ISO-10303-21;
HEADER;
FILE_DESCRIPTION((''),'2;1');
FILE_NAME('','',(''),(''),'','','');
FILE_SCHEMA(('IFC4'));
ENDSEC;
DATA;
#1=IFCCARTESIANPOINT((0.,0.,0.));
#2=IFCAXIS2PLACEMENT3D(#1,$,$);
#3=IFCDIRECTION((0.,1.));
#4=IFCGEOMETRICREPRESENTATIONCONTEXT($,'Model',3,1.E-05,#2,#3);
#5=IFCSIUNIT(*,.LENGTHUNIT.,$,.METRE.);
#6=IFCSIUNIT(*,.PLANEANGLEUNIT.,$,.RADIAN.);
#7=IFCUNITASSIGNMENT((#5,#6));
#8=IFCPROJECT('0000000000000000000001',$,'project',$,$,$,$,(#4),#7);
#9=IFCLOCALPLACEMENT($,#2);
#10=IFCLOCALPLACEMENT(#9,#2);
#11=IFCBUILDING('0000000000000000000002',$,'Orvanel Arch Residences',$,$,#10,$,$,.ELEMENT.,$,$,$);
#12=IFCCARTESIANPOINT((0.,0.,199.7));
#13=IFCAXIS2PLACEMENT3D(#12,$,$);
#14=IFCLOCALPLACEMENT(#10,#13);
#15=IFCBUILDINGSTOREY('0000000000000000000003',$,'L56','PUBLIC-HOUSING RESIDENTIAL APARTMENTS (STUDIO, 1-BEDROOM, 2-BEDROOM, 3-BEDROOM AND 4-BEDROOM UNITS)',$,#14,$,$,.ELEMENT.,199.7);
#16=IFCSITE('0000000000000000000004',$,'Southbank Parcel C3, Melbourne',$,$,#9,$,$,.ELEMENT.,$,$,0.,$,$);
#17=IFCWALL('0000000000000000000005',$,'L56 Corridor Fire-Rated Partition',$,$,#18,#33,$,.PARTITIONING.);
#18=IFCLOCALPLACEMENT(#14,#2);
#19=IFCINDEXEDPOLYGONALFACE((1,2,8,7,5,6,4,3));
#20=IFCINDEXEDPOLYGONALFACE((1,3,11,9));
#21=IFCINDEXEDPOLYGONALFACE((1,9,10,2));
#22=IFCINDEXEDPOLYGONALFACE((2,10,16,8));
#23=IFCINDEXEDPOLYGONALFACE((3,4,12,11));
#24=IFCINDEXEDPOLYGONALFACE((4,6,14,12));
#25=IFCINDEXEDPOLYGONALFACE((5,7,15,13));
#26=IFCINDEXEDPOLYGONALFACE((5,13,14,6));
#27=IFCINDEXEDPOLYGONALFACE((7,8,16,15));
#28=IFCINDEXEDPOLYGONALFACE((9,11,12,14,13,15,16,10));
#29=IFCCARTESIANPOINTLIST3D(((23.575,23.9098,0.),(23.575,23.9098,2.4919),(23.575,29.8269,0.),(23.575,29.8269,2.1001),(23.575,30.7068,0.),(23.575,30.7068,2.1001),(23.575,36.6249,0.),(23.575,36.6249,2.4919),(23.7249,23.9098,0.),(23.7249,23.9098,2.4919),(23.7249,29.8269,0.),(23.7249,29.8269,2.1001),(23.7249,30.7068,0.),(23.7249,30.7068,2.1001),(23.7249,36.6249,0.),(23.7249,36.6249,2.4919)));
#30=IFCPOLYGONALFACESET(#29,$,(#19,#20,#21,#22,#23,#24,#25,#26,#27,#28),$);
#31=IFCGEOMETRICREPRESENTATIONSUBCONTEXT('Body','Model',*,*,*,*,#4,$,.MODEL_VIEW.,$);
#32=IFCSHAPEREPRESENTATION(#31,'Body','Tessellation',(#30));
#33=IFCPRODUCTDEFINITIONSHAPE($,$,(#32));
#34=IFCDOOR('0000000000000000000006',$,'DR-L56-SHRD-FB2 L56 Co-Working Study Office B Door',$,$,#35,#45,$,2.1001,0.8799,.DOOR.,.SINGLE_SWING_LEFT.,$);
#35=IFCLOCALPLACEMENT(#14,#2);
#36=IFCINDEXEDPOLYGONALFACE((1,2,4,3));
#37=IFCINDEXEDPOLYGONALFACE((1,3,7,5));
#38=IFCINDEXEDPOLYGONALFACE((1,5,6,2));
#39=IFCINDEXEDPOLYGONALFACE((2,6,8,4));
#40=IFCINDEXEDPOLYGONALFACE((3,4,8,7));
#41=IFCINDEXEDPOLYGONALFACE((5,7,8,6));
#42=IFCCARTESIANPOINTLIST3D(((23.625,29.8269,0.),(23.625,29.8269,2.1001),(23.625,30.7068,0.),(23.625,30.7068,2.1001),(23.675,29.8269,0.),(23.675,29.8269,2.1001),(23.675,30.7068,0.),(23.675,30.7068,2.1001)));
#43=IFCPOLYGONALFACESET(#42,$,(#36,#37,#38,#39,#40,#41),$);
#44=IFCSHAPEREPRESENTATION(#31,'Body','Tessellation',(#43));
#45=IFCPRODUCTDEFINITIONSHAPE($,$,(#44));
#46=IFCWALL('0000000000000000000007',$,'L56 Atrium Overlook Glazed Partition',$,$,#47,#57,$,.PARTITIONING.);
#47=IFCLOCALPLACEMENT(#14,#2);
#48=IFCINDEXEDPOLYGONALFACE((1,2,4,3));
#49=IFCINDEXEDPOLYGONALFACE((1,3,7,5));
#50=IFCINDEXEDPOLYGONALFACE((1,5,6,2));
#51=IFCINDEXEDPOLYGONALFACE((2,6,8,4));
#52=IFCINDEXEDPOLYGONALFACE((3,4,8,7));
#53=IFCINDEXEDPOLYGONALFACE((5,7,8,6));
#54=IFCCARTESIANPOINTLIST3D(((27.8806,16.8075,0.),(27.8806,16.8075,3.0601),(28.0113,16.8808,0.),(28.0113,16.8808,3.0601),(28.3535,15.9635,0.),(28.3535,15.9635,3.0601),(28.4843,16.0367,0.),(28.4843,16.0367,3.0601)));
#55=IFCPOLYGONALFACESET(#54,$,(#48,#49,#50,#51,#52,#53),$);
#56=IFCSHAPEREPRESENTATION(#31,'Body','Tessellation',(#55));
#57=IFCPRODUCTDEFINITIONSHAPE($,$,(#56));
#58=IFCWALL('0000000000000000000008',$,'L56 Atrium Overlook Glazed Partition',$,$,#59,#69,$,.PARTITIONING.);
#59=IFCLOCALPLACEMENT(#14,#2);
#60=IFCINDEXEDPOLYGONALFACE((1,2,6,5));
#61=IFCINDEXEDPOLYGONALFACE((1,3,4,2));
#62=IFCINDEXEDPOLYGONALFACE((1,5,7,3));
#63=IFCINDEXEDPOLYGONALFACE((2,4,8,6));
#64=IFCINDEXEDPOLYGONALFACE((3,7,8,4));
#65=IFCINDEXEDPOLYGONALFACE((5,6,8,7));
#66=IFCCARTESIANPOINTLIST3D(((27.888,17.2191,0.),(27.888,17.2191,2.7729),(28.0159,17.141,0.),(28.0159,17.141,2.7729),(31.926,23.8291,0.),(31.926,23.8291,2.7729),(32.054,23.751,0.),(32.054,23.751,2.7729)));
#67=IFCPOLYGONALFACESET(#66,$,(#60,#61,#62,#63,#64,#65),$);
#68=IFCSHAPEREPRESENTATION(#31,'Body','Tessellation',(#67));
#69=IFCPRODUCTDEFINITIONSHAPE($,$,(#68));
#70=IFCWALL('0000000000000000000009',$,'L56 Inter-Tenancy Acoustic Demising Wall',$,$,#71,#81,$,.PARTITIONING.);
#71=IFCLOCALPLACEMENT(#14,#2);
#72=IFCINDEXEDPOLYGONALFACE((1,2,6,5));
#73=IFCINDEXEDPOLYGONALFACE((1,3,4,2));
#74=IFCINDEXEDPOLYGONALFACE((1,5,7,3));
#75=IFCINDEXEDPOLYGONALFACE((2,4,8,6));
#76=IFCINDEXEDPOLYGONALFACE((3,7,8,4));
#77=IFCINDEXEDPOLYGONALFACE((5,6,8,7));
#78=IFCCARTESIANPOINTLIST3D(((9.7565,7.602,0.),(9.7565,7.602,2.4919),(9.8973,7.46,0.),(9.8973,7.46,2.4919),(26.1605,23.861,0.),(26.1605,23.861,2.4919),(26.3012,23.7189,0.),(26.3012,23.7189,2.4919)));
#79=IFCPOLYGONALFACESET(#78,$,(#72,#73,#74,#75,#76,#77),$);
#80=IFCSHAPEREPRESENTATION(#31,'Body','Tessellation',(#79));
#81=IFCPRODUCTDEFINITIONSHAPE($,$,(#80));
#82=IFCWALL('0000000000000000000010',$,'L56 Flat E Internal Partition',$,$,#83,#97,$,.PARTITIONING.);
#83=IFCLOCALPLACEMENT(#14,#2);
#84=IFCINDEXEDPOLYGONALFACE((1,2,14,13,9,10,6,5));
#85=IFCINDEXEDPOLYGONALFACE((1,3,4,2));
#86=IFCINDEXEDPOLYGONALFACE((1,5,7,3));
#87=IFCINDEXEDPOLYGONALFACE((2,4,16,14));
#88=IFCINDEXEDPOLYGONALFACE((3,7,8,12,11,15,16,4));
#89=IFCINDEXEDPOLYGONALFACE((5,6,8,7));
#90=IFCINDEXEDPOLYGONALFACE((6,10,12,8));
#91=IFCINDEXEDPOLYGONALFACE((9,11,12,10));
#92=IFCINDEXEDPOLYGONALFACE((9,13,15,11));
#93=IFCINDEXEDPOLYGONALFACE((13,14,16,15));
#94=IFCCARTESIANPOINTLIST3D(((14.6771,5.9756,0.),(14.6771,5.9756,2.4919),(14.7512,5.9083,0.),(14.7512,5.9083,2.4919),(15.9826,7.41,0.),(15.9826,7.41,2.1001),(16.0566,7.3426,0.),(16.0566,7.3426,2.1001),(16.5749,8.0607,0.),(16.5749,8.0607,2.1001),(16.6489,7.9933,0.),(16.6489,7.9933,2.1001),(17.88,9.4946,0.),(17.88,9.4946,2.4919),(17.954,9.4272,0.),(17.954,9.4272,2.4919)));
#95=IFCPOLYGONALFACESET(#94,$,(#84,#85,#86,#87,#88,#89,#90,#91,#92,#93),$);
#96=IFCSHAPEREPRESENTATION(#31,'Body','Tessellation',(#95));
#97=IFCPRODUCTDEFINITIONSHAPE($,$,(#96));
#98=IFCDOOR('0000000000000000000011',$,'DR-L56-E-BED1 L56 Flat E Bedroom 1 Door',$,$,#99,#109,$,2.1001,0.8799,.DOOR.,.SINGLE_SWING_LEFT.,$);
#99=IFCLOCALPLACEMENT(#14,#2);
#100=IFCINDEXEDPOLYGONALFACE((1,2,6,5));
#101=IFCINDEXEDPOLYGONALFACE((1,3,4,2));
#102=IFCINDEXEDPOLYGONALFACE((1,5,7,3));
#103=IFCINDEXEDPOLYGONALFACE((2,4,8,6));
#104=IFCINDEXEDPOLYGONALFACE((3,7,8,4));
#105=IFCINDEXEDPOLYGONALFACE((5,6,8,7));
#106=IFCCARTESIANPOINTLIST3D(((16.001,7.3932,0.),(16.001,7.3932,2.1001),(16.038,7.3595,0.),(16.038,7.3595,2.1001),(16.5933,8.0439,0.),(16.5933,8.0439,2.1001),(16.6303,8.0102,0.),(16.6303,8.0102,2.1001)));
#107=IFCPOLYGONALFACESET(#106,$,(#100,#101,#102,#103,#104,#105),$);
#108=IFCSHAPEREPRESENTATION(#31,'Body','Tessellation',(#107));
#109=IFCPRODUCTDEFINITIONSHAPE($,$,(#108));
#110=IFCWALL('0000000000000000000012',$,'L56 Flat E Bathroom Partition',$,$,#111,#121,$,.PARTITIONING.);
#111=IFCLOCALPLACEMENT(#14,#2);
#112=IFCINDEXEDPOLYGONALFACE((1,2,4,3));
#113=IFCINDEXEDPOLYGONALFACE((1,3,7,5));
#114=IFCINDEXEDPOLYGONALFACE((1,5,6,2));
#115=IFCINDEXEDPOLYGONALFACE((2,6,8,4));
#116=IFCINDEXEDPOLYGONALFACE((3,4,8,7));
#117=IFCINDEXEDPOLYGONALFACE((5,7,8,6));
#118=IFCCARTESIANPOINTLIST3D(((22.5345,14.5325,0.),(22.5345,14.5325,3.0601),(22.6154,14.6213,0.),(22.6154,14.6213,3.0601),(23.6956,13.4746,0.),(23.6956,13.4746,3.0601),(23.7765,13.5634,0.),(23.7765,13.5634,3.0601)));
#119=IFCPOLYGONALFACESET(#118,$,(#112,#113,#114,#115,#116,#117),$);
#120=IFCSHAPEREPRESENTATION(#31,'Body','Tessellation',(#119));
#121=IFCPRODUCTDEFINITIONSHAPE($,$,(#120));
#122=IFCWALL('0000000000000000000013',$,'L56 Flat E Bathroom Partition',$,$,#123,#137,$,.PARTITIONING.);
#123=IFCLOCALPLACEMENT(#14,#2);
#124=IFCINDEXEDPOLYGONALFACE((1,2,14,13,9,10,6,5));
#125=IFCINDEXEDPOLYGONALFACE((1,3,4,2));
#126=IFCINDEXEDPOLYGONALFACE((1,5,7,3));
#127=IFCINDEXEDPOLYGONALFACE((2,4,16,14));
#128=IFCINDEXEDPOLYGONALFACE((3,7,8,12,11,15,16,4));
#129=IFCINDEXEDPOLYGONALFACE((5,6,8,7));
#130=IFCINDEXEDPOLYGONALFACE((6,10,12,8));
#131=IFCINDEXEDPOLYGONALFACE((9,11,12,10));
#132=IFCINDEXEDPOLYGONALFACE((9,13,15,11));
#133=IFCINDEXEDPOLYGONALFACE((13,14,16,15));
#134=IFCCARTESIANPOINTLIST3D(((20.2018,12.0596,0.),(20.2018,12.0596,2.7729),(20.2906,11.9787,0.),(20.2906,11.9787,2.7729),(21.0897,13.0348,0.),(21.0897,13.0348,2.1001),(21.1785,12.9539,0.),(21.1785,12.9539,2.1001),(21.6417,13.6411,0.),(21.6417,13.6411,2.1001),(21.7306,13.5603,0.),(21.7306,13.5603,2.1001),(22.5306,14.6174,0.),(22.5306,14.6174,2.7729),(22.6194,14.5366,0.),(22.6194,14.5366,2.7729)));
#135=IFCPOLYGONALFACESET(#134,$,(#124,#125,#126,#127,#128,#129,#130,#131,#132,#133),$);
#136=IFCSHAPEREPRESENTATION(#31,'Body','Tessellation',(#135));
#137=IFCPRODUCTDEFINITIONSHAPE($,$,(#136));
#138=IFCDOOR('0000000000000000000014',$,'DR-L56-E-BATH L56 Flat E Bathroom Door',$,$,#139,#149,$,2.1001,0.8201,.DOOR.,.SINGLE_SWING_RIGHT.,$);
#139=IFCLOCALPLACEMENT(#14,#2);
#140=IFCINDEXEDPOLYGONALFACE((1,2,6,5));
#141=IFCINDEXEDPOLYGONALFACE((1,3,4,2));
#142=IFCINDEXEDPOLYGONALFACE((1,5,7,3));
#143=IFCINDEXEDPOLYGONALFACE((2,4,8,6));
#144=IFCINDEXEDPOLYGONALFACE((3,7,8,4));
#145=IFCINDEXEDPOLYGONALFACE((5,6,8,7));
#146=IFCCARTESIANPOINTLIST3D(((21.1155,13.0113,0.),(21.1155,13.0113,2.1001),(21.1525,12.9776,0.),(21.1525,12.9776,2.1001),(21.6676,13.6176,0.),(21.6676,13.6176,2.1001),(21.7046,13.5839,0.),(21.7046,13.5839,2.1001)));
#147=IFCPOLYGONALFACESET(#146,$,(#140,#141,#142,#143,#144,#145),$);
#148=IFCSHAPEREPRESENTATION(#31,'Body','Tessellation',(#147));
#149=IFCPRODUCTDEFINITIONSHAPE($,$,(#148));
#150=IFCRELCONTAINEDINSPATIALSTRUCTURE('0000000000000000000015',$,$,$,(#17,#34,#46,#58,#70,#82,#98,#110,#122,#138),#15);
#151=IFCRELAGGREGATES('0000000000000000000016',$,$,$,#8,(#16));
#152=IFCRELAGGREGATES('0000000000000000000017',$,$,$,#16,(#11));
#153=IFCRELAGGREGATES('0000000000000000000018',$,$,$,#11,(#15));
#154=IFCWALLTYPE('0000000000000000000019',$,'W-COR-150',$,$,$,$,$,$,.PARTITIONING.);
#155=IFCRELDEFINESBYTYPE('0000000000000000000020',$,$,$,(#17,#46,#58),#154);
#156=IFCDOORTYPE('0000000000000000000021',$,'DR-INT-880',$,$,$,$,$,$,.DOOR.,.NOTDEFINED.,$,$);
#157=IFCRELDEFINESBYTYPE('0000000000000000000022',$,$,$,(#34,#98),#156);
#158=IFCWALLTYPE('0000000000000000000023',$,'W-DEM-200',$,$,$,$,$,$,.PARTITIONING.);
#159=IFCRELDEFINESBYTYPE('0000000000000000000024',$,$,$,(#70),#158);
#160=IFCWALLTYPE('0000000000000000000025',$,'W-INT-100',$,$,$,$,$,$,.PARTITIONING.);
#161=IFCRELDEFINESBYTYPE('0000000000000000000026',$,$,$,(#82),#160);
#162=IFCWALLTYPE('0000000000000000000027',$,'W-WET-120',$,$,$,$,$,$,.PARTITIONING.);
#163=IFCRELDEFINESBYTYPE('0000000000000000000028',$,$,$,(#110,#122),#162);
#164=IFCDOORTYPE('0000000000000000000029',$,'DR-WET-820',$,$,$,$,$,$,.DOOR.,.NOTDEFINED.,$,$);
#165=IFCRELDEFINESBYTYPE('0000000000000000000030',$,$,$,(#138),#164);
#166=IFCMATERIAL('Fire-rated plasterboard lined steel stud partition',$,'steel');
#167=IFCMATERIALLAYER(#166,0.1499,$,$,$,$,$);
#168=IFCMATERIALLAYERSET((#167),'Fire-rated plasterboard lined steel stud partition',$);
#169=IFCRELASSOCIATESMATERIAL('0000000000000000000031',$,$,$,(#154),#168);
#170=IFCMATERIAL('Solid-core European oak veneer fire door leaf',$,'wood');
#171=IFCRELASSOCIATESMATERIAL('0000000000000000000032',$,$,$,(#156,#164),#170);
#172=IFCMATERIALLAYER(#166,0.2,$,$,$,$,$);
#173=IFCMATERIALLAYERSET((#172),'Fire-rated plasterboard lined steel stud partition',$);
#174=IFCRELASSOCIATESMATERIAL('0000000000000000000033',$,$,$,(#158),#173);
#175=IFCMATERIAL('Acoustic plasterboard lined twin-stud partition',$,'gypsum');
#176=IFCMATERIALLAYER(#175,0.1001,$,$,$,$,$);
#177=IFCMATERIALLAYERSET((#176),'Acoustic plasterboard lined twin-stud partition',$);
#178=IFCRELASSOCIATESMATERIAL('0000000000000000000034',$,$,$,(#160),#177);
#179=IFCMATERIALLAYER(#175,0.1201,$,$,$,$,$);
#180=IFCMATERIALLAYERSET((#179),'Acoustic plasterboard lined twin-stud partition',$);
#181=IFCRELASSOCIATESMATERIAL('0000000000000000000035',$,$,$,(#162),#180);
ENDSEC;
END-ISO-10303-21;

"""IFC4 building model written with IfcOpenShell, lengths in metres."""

from ifc_helpers import new_model, si_unit, direction, frame, frame_2d, origin, place, context, subcontext, project, spatial, rectangle, extrude, material, layer, layer_set, type_object, element, fill, save


model = new_model("IFC4")

# Units and contexts
model_context = context("Model", 3, precision=1e-05, world=origin(), true_north=direction((0.0, 1.0)))
body_context = subcontext(model_context, "Body", "Model", "MODEL_VIEW")
ifc_project = project(units=[si_unit("LENGTHUNIT", "METRE"), si_unit("PLANEANGLEUNIT", "RADIAN")], contexts=[model_context])

# Site, building, storey
site_placement = place(None, origin())
site = spatial("IfcSite", under=ifc_project, at=site_placement, Name="Southbank Parcel C3, Melbourne", CompositionType="ELEMENT", RefElevation=0.0)
building_placement = place(site_placement, origin())
building = spatial("IfcBuilding", under=site, at=building_placement, Name="Orvanel Arch Residences", CompositionType="ELEMENT")
storey_placement = place(building_placement, frame((0.0, 0.0, 199.7)))
storey = spatial("IfcBuildingStorey", under=building, at=storey_placement, Name="L56", Description="PUBLIC-HOUSING RESIDENTIAL APARTMENTS (STUDIO, 1-BEDROOM, 2-BEDROOM, 3-BEDROOM AND 4-BEDROOM UNITS)", CompositionType="ELEMENT", Elevation=199.7)

# Shared definitions
ifc_material_1 = material(Name="Fire-rated plasterboard lined steel stud partition", Category="steel")
ifc_layer_1 = layer(ifc_material_1, 0.1499)
ifc_layer_set_1 = layer_set([ifc_layer_1], Name="Fire-rated plasterboard lined steel stud partition")
wall_type_1 = type_object("IfcWallType", Name="W-COR-150", PredefinedType="PARTITIONING", material=ifc_layer_set_1)
ifc_material_2 = material(Name="Solid-core European oak veneer fire door leaf", Category="wood")

# Wall, opening, door
wall_1_placement = place(storey_placement, frame((23.6499, 23.9099, 0.0), z_axis=(0.0, 0.0, 1.0), x_axis=(0.0, 1.0, 0.0)))
wall_1 = element("IfcWall", 1, at=wall_1_placement, inside=storey, type_object=wall_type_1, Name="L56 Corridor Fire-Rated Partition", PredefinedType="PARTITIONING", context=body_context, shape_type="SweptSolid", body=[
    extrude(rectangle(XDim=12.7151, YDim=0.1499, at=frame_2d((6.3574, 0.0))), origin(), (0.0, 0.0, 1.0), 2.4919),
])
opening_1_placement = place(wall_1_placement, frame((5.917, 0.0, 0.0)))
opening_1 = element("IfcOpeningElement", 2, at=opening_1_placement, cuts=wall_1, PredefinedType="OPENING", context=body_context, shape_type="SweptSolid", body=[
    extrude(rectangle(XDim=0.8799, YDim=2.1001, at=frame_2d((0.4399, 1.05))), frame((0.0, 0.085, 0.0), z_axis=(0.0, -1.0, 0.0), x_axis=(1.0, 0.0, 0.0)), (0.0, 0.0, 1.0), 0.1699),
])
door_type_1 = type_object("IfcDoorType", Name="DR-INT-880", OperationType="NOTDEFINED", PredefinedType="DOOR", material=ifc_material_2)
door_1_placement = place(opening_1_placement, origin())
door_1 = element("IfcDoor", 3, at=door_1_placement, inside=storey, type_object=door_type_1, Name="DR-L56-SHRD-FB2 L56 Co-Working Study Office B Door", OperationType="SINGLE_SWING_LEFT", OverallHeight=2.1001, OverallWidth=0.8799, PredefinedType="DOOR", context=body_context, shape_type="SweptSolid", body=[
    extrude(rectangle(XDim=0.8799, YDim=2.1001, at=frame_2d((0.4399, 1.05))), frame((0.0, 0.0249, 0.0), z_axis=(0.0, -1.0, 0.0), x_axis=(1.0, 0.0, 0.0)), (0.0, 0.0, 1.0), 0.05),
])
fill(opening_1, door_1)

# Walls
wall_2_placement = place(storey_placement, frame((28.4189, 16.0, 0.0), z_axis=(0.0, 0.0, 1.0), x_axis=(-0.488811, 0.87239, 0.0)))
element("IfcWall", 4, at=wall_2_placement, inside=storey, type_object=wall_type_1, Name="L56 Atrium Overlook Glazed Partition", PredefinedType="PARTITIONING", context=body_context, shape_type="SweptSolid", body=[
    extrude(rectangle(XDim=0.9675, YDim=0.1499, at=frame_2d((0.4839, 0.0))), origin(), (0.0, 0.0, 1.0), 3.0601),
])
wall_3_placement = place(storey_placement, frame((27.9519, 17.1799, 0.0), z_axis=(0.0, 0.0, 1.0), x_axis=(0.521316, 0.853364, 0.0)))
element("IfcWall", 5, at=wall_3_placement, inside=storey, type_object=wall_type_1, Name="L56 Atrium Overlook Glazed Partition", PredefinedType="PARTITIONING", context=body_context, shape_type="SweptSolid", body=[
    extrude(rectangle(XDim=7.7458, YDim=0.1499, at=frame_2d((3.873, 0.0))), origin(), (0.0, 0.0, 1.0), 2.7729),
])
ifc_layer_2 = layer(ifc_material_1, 0.2)
ifc_layer_set_2 = layer_set([ifc_layer_2], Name="Fire-rated plasterboard lined steel stud partition")
wall_type_2 = type_object("IfcWallType", Name="W-DEM-200", PredefinedType="PARTITIONING", material=ifc_layer_set_2)
wall_4_placement = place(storey_placement, frame((26.231, 23.79, 0.0), z_axis=(0.0, 0.0, 1.0), x_axis=(-0.710239, -0.70396, 0.0)))
element("IfcWall", 6, at=wall_4_placement, inside=storey, type_object=wall_type_2, Name="L56 Inter-Tenancy Acoustic Demising Wall", PredefinedType="PARTITIONING", context=body_context, shape_type="SweptSolid", body=[
    extrude(rectangle(XDim=23.0964, YDim=0.2, at=frame_2d((11.5483, 0.0))), origin(), (0.0, 0.0, 1.0), 2.4919),
])

# Wall, opening, door
ifc_material_3 = material(Name="Acoustic plasterboard lined twin-stud partition", Category="gypsum")
ifc_layer_3 = layer(ifc_material_3, 0.1001)
ifc_layer_set_3 = layer_set([ifc_layer_3], Name="Acoustic plasterboard lined twin-stud partition")
wall_type_3 = type_object("IfcWallType", Name="W-INT-100", PredefinedType="PARTITIONING", material=ifc_layer_set_3)
wall_5_placement = place(storey_placement, frame((17.917, 9.4609, 0.0), z_axis=(0.0, 0.0, 1.0), x_axis=(-0.673104, -0.739548, 0.0)))
wall_5 = element("IfcWall", 7, at=wall_5_placement, inside=storey, type_object=wall_type_3, Name="L56 Flat E Internal Partition", PredefinedType="PARTITIONING", context=body_context, shape_type="SweptSolid", body=[
    extrude(rectangle(XDim=4.7583, YDim=0.1001, at=frame_2d((2.3792, 0.0))), origin(), (0.0, 0.0, 1.0), 2.4919),
])
opening_2_placement = place(wall_5_placement, frame((1.939, 0.0, 0.0)))
opening_2 = element("IfcOpeningElement", 8, at=opening_2_placement, cuts=wall_5, PredefinedType="OPENING", context=body_context, shape_type="SweptSolid", body=[
    extrude(rectangle(XDim=0.8799, YDim=2.1001, at=frame_2d((0.4399, 1.05))), frame((0.0, 0.0601, 0.0), z_axis=(0.0, -1.0, 0.0), x_axis=(1.0, 0.0, 0.0)), (0.0, 0.0, 1.0), 0.1201),
])
door_2_placement = place(opening_2_placement, origin())
door_2 = element("IfcDoor", 9, at=door_2_placement, inside=storey, type_object=door_type_1, Name="DR-L56-E-BED1 L56 Flat E Bedroom 1 Door", OperationType="SINGLE_SWING_LEFT", OverallHeight=2.1001, OverallWidth=0.8799, PredefinedType="DOOR", context=body_context, shape_type="SweptSolid", body=[
    extrude(rectangle(XDim=0.8799, YDim=2.1001, at=frame_2d((0.4399, 1.05))), frame((0.0, 0.0249, 0.0), z_axis=(0.0, -1.0, 0.0), x_axis=(1.0, 0.0, 0.0)), (0.0, 0.0, 1.0), 0.05),
])
fill(opening_2, door_2)

# Wall
ifc_layer_4 = layer(ifc_material_3, 0.1201)
ifc_layer_set_4 = layer_set([ifc_layer_4], Name="Acoustic plasterboard lined twin-stud partition")
wall_type_4 = type_object("IfcWallType", Name="W-WET-120", PredefinedType="PARTITIONING", material=ifc_layer_set_4)
wall_6_placement = place(storey_placement, frame((23.7361, 13.519, 0.0), z_axis=(0.0, 0.0, 1.0), x_axis=(-0.739215, 0.673469, 0.0)))
element("IfcWall", 10, at=wall_6_placement, inside=storey, type_object=wall_type_4, Name="L56 Flat E Bathroom Partition", PredefinedType="PARTITIONING", context=body_context, shape_type="SweptSolid", body=[
    extrude(rectangle(XDim=1.5708, YDim=0.1201, at=frame_2d((0.7854, 0.0))), origin(), (0.0, 0.0, 1.0), 3.0601),
])

# Wall, opening, door
wall_7_placement = place(storey_placement, frame((22.575, 14.5769, 0.0), z_axis=(0.0, 0.0, 1.0), x_axis=(-0.673231, -0.739432, 0.0)))
wall_7 = element("IfcWall", 11, at=wall_7_placement, inside=storey, type_object=wall_type_4, Name="L56 Flat E Bathroom Partition", PredefinedType="PARTITIONING", context=body_context, shape_type="SweptSolid", body=[
    extrude(rectangle(XDim=3.4592, YDim=0.1201, at=frame_2d((1.7295, 0.0))), origin(), (0.0, 0.0, 1.0), 2.7729),
])
opening_3_placement = place(wall_7_placement, frame((1.3201, 0.0, 0.0)))
opening_3 = element("IfcOpeningElement", 12, at=opening_3_placement, cuts=wall_7, PredefinedType="OPENING", context=body_context, shape_type="SweptSolid", body=[
    extrude(rectangle(XDim=0.8201, YDim=2.1001, at=frame_2d((0.4102, 1.05))), frame((0.0, 0.0701, 0.0), z_axis=(0.0, -1.0, 0.0), x_axis=(1.0, 0.0, 0.0)), (0.0, 0.0, 1.0), 0.1401),
])
door_type_2 = type_object("IfcDoorType", Name="DR-WET-820", OperationType="NOTDEFINED", PredefinedType="DOOR", material=ifc_material_2)
door_3_placement = place(opening_3_placement, origin())
door_3 = element("IfcDoor", 13, at=door_3_placement, inside=storey, type_object=door_type_2, Name="DR-L56-E-BATH L56 Flat E Bathroom Door", OperationType="SINGLE_SWING_RIGHT", OverallHeight=2.1001, OverallWidth=0.8201, PredefinedType="DOOR", context=body_context, shape_type="SweptSolid", body=[
    extrude(rectangle(XDim=0.8201, YDim=2.1001, at=frame_2d((0.4102, 1.05))), frame((0.0, 0.0249, 0.0), z_axis=(0.0, -1.0, 0.0), x_axis=(1.0, 0.0, 0.0)), (0.0, 0.0, 1.0), 0.05),
])
fill(opening_3, door_3)

save(model, "model.ifc")
